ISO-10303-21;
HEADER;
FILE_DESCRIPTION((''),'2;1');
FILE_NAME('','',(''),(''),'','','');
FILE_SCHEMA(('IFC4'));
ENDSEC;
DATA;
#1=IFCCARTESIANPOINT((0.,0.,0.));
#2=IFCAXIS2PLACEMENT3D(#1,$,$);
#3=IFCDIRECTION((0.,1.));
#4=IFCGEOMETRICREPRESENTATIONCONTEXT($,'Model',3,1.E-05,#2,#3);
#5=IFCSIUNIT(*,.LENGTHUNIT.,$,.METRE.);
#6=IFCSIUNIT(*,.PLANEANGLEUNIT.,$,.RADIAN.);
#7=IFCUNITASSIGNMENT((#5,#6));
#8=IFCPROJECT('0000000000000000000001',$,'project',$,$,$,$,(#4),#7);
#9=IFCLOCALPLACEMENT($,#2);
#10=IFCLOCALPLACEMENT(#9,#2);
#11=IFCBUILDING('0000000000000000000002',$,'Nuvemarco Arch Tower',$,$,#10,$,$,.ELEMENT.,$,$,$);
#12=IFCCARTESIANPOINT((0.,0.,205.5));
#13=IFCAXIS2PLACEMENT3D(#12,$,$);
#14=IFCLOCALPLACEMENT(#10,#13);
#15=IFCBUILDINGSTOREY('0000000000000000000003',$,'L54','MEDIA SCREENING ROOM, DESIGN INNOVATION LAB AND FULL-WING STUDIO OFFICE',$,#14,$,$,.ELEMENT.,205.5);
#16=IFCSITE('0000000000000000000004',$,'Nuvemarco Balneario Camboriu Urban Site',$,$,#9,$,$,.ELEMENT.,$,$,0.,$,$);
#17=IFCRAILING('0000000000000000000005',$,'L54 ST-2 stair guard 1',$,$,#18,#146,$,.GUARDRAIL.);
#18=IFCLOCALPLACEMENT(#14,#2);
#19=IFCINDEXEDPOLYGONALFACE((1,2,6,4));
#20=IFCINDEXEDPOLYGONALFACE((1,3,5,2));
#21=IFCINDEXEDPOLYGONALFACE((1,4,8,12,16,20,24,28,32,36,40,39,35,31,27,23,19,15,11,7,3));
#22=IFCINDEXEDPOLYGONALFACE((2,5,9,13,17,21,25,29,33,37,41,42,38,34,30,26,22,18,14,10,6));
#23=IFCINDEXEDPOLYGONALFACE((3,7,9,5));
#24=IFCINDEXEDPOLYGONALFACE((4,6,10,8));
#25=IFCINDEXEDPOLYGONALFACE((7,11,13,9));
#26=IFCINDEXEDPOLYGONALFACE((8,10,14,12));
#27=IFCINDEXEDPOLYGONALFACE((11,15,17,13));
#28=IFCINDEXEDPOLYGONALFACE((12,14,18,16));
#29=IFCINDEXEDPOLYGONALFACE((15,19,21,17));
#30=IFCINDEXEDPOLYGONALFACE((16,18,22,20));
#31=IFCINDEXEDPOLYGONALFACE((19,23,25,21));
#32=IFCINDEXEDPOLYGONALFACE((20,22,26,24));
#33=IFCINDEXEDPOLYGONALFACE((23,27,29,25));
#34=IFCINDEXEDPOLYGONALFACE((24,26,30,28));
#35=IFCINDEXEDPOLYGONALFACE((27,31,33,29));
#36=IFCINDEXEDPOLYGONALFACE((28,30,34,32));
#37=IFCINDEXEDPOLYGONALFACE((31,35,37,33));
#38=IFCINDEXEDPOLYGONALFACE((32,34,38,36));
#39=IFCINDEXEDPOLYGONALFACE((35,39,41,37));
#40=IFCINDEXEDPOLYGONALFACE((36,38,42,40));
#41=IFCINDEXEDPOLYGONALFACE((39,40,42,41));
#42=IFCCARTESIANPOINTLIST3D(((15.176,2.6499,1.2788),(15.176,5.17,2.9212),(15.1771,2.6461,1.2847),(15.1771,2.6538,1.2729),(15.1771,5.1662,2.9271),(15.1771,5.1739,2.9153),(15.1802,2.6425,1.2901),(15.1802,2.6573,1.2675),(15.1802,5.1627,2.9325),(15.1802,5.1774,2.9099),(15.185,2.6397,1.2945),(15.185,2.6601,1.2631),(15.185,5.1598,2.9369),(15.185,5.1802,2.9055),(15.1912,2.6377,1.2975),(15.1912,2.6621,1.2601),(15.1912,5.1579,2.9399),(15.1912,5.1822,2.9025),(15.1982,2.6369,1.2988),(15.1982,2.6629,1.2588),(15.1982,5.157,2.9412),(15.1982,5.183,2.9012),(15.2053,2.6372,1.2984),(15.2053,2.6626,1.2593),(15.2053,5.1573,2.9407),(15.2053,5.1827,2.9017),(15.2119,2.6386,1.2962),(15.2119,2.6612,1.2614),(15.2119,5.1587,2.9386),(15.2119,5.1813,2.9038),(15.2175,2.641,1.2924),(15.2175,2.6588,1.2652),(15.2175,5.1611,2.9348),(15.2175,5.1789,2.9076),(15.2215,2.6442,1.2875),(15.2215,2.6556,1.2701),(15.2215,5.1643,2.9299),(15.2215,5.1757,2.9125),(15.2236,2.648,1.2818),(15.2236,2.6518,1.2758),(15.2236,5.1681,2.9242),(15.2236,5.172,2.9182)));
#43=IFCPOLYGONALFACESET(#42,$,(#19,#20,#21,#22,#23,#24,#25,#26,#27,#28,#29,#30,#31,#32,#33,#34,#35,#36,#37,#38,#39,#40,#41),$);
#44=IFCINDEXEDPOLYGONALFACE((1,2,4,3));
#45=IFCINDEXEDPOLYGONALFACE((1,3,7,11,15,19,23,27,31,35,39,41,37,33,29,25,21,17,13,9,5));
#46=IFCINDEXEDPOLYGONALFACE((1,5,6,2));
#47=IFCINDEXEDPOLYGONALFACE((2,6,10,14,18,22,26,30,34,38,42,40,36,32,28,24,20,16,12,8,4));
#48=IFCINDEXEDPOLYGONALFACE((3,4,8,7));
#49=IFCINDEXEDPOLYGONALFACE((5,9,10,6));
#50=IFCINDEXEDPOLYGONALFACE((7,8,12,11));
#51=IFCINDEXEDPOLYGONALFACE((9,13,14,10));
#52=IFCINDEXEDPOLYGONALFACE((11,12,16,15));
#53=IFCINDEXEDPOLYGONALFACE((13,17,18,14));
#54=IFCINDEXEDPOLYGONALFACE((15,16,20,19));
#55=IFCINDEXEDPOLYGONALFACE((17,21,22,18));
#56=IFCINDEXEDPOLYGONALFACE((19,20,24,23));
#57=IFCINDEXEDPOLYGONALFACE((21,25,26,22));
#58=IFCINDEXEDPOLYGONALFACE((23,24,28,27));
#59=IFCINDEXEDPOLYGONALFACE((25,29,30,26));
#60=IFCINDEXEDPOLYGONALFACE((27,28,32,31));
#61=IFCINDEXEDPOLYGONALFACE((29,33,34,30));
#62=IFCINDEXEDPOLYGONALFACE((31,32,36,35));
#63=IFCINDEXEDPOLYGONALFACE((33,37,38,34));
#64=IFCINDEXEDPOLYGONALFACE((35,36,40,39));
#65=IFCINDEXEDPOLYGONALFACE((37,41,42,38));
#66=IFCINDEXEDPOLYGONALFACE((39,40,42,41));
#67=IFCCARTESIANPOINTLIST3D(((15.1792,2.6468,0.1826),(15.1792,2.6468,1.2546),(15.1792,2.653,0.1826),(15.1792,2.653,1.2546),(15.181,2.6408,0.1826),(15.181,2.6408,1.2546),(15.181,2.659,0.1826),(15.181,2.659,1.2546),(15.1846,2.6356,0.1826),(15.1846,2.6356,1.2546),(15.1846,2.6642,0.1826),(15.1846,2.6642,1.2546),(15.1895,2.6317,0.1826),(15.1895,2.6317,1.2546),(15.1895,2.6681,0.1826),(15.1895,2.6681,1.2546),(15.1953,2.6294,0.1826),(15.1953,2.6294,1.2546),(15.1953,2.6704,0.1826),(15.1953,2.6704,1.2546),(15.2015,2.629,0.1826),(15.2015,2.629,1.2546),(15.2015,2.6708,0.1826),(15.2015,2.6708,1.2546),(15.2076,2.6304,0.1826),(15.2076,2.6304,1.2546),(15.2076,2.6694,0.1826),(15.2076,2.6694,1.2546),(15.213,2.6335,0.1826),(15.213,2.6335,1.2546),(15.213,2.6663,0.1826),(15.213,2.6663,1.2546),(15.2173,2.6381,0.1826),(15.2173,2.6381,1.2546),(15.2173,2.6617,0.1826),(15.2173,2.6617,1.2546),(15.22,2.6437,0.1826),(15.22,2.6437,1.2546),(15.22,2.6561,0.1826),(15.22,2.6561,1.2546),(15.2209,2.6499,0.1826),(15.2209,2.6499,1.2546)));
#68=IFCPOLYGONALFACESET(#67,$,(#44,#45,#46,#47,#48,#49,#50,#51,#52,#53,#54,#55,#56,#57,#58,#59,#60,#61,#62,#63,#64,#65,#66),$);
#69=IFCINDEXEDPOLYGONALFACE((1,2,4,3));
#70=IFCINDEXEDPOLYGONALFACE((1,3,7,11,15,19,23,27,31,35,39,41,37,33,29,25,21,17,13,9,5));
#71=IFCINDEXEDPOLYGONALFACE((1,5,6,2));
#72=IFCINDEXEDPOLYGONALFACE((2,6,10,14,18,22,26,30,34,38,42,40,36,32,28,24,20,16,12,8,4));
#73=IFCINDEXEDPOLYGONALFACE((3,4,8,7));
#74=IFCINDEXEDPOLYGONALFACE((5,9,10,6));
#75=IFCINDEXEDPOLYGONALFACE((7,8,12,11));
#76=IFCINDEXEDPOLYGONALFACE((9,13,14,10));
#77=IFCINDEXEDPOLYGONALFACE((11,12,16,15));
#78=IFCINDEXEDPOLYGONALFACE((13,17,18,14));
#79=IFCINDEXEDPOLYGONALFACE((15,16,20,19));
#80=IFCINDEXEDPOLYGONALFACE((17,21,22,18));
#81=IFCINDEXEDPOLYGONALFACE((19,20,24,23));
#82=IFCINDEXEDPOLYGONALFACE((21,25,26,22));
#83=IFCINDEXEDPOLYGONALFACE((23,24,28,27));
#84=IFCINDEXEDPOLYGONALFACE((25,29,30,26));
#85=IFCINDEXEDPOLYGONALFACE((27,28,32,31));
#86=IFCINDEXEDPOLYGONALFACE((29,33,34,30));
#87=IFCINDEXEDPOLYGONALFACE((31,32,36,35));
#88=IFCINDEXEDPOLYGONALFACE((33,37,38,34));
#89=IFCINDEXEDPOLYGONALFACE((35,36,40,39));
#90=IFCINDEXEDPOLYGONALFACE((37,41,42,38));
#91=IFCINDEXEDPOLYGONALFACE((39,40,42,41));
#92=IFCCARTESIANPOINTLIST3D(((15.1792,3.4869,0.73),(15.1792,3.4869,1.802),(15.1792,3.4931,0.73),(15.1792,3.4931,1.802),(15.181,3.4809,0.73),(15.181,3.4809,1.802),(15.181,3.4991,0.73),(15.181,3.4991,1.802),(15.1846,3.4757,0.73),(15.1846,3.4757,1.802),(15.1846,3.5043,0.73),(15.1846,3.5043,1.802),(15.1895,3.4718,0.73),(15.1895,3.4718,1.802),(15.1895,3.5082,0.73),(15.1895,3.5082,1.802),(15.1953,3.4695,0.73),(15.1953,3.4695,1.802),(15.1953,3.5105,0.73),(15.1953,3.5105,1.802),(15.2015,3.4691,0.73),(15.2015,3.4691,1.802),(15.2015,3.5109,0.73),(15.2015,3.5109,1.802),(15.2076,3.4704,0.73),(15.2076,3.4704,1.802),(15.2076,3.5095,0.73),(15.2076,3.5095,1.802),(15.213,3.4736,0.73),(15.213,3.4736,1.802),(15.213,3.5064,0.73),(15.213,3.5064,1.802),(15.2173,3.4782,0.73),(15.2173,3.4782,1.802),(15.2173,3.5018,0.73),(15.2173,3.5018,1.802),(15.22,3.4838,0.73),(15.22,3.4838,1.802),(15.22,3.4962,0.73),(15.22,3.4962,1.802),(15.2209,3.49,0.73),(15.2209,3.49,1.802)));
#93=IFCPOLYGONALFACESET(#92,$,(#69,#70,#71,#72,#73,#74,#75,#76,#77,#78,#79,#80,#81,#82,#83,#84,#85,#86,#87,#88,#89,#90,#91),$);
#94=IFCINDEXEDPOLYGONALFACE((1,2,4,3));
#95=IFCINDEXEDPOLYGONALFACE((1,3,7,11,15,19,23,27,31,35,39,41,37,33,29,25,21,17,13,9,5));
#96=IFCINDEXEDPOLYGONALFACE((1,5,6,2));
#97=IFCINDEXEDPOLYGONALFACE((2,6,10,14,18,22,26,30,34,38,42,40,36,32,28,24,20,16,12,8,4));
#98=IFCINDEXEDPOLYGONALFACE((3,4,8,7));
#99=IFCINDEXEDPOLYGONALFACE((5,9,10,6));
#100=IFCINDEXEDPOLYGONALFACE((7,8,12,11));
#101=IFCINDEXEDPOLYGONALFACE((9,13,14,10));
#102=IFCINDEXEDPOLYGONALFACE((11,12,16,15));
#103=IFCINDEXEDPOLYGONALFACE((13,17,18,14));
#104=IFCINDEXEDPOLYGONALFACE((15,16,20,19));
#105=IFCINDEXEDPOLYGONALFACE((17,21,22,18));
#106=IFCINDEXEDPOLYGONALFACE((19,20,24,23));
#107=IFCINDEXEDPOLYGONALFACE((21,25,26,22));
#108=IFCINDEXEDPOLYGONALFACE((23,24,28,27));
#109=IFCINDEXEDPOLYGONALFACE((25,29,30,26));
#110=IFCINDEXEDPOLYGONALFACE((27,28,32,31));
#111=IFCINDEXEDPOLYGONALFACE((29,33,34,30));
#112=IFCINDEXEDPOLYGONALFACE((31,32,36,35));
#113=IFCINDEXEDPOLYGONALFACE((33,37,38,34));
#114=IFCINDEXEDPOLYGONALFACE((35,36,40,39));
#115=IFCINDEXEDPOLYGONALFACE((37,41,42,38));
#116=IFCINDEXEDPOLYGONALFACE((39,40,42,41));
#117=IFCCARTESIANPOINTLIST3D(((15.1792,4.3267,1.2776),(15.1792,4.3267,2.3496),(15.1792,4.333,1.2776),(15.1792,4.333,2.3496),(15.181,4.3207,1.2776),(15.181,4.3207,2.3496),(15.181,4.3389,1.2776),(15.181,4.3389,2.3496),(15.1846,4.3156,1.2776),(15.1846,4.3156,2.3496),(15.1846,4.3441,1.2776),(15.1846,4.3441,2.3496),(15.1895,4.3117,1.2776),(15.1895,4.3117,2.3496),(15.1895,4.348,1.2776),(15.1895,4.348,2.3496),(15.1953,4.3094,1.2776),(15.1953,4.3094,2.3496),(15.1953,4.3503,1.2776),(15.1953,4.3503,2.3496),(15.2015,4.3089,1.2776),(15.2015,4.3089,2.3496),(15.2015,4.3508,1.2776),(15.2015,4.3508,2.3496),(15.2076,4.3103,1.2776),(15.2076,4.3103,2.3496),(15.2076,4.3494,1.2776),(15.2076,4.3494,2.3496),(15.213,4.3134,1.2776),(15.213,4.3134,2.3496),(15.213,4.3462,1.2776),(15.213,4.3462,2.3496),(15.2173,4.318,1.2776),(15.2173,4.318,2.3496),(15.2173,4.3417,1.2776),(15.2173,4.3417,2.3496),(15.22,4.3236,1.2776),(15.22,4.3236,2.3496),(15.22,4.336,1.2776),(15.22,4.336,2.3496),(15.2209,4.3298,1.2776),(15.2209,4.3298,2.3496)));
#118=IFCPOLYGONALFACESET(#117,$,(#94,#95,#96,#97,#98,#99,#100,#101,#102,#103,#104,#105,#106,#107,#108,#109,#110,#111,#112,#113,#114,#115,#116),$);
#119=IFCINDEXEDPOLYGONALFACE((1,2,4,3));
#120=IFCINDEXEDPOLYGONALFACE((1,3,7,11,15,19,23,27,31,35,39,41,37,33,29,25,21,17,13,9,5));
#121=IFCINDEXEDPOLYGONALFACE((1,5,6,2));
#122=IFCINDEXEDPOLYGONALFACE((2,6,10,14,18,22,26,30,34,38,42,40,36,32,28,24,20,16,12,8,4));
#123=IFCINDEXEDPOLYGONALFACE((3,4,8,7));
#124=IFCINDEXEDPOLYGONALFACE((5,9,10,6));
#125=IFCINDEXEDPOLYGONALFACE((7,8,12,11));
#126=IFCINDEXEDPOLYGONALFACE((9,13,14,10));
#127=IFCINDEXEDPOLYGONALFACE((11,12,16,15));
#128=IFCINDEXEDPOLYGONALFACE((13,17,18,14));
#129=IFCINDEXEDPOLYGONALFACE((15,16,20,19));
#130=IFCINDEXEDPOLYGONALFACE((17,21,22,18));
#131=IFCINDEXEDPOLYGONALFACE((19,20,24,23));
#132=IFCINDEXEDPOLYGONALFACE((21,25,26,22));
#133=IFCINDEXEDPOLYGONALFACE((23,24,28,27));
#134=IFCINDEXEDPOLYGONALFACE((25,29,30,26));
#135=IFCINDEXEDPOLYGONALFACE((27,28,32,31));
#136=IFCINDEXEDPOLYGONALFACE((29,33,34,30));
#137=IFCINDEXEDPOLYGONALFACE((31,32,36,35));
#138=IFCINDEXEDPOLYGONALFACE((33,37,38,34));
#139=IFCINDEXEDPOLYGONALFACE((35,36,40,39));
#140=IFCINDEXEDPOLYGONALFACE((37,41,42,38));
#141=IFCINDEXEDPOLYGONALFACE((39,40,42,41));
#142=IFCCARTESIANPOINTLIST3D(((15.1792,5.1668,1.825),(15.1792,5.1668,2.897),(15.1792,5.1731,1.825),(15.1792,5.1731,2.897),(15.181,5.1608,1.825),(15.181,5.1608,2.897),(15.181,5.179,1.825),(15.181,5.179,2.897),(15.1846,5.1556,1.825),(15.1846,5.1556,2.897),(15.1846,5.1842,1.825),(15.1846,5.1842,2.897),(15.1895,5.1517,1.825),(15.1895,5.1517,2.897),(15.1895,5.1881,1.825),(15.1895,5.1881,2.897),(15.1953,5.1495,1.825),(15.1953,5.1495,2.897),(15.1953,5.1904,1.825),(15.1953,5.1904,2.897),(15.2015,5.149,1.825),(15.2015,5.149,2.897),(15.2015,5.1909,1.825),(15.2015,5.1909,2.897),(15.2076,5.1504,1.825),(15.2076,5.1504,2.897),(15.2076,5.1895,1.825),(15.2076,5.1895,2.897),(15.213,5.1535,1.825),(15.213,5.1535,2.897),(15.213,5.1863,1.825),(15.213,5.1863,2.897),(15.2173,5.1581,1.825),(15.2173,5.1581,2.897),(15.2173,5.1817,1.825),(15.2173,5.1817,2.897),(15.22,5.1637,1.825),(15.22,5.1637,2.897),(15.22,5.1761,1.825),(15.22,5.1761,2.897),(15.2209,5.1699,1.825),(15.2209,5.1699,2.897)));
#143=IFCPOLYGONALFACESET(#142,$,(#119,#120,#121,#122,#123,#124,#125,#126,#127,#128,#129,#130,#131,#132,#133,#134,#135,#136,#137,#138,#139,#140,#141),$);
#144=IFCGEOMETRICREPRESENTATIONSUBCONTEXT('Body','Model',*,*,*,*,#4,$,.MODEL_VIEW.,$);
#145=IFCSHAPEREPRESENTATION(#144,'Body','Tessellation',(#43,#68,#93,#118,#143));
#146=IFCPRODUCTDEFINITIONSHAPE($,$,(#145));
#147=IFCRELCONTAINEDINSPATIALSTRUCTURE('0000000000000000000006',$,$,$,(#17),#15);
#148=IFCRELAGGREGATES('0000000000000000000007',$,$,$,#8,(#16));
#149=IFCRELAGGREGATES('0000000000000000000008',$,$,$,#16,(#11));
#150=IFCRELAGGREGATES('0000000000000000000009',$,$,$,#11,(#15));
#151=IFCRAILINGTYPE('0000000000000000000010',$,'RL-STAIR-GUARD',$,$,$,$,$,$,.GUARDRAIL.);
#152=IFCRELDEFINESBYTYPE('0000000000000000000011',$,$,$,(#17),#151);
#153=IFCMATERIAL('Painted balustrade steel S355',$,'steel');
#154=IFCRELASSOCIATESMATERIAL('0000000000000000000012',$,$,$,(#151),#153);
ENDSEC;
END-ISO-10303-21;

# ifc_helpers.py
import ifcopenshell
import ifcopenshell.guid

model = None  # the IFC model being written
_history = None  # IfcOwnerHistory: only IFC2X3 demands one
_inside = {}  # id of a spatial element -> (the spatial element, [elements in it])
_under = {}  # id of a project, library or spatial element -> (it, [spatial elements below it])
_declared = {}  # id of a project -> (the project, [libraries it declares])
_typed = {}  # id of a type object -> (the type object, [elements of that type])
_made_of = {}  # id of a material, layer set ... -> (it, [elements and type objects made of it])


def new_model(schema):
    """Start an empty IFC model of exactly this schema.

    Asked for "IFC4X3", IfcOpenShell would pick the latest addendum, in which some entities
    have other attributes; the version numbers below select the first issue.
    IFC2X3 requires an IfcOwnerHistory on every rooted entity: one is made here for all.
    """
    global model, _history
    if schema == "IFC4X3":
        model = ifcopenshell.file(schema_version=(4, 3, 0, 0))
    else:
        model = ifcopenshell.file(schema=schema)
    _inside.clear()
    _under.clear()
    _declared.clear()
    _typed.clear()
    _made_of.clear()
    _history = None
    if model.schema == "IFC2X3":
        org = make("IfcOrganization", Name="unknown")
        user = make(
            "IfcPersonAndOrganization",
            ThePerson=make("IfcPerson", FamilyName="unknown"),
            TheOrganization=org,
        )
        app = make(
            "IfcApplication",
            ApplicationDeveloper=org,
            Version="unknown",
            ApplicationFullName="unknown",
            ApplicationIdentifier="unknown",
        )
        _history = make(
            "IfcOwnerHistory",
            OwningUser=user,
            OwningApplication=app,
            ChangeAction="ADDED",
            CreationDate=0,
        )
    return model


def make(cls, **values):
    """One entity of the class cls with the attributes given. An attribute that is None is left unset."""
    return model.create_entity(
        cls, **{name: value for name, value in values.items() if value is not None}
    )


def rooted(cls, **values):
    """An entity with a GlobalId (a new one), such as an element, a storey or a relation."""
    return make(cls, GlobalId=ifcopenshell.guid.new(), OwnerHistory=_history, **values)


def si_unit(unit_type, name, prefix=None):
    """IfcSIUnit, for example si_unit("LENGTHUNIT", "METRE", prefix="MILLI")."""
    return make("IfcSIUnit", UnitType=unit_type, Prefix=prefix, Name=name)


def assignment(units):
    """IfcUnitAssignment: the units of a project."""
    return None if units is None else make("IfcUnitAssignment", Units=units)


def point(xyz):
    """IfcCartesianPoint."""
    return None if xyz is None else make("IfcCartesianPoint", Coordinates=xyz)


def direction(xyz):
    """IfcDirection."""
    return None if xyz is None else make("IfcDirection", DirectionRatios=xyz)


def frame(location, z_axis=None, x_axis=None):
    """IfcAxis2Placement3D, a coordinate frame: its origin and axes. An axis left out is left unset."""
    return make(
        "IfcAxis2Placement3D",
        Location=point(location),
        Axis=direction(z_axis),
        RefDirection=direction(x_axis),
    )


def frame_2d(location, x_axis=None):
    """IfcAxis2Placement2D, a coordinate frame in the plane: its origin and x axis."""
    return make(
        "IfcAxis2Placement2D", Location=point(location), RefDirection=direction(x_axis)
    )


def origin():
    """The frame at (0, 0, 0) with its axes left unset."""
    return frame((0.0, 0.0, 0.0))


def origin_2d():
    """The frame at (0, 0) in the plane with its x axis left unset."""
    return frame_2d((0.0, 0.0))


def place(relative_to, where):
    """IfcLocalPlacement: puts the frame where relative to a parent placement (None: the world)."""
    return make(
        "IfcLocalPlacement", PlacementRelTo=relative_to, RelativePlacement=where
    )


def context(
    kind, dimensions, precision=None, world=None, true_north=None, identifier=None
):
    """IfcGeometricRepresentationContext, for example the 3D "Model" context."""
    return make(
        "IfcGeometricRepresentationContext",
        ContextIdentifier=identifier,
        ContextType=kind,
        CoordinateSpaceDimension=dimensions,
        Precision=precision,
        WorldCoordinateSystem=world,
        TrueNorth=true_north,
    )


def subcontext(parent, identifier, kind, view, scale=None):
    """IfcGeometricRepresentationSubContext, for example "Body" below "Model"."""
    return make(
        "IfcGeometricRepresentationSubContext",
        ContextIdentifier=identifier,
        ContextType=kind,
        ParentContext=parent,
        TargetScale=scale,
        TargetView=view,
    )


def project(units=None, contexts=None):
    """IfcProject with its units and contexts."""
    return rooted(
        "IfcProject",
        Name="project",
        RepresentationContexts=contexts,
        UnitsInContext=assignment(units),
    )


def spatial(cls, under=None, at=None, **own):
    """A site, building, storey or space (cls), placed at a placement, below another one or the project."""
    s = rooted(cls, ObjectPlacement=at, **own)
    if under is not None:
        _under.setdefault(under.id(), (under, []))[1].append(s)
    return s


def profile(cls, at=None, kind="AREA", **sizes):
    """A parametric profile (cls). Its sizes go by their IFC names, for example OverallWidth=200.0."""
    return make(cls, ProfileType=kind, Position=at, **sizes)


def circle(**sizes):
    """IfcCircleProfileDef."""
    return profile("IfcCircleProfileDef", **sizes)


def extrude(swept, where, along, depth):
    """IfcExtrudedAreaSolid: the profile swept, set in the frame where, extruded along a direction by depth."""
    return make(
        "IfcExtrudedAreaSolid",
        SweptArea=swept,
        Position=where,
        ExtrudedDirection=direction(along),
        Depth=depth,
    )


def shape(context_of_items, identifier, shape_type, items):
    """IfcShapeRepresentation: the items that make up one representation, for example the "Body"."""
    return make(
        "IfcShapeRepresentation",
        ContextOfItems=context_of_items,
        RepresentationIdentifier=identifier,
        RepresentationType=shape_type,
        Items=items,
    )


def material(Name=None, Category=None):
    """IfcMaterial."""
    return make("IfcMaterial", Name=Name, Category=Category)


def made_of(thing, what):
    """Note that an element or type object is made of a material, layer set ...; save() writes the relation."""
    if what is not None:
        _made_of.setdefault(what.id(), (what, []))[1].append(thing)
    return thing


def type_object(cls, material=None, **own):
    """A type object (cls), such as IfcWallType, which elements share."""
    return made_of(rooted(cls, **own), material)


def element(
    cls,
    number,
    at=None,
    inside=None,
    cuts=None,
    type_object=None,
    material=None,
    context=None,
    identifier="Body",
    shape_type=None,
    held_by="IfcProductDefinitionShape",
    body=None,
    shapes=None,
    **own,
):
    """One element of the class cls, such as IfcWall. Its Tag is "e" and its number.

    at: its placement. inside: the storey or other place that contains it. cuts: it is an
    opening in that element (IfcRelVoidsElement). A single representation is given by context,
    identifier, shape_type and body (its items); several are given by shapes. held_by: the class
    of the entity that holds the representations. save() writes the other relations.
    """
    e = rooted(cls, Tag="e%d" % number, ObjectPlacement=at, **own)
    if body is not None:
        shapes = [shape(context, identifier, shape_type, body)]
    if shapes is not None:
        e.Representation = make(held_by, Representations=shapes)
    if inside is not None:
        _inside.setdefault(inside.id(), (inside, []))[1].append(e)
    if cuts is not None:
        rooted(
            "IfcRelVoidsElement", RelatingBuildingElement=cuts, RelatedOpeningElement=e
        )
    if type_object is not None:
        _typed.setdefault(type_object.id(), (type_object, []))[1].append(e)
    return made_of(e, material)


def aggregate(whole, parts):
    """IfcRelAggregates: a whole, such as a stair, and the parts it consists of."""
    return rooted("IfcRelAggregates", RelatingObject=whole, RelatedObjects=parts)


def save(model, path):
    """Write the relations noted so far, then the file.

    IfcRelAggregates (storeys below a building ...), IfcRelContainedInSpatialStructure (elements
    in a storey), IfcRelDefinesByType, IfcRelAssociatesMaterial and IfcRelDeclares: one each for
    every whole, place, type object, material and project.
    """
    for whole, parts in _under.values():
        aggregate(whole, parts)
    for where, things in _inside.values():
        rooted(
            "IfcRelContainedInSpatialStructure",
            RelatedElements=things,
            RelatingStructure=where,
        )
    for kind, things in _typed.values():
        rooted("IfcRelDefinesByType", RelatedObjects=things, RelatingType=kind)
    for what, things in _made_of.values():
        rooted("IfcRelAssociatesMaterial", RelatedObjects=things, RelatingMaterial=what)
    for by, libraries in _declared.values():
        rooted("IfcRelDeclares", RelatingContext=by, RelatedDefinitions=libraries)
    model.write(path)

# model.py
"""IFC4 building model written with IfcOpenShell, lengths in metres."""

from ifc_helpers import new_model, si_unit, direction, frame, origin, origin_2d, place, context, subcontext, project, spatial, circle, extrude, material, type_object, element, save


model = new_model("IFC4")

# Units and contexts
model_context = context("Model", 3, precision=1e-05, world=origin(), true_north=direction((0.0, 1.0)))
body_context = subcontext(model_context, "Body", "Model", "MODEL_VIEW")
ifc_project = project(units=[si_unit("LENGTHUNIT", "METRE"), si_unit("PLANEANGLEUNIT", "RADIAN")], contexts=[model_context])

# Site, building, storey
site_placement = place(None, origin())
site = spatial("IfcSite", under=ifc_project, at=site_placement, Name="Nuvemarco Balneario Camboriu Urban Site", CompositionType="ELEMENT", RefElevation=0.0)
building_placement = place(site_placement, origin())
building = spatial("IfcBuilding", under=site, at=building_placement, Name="Nuvemarco Arch Tower", CompositionType="ELEMENT")
storey_placement = place(building_placement, frame((0.0, 0.0, 205.5)))
storey = spatial("IfcBuildingStorey", under=building, at=storey_placement, Name="L54", Description="MEDIA SCREENING ROOM, DESIGN INNOVATION LAB AND FULL-WING STUDIO OFFICE", CompositionType="ELEMENT", Elevation=205.5)

# Railing
ifc_material_1 = material(Name="Painted balustrade steel S355", Category="steel")
railing_type_1 = type_object("IfcRailingType", Name="RL-STAIR-GUARD", PredefinedType="GUARDRAIL", material=ifc_material_1)
railing_1_placement = place(storey_placement, frame((15.2, 2.6499, 0.1826)))
element("IfcRailing", 1, at=railing_1_placement, inside=storey, type_object=railing_type_1, Name="L54 ST-2 stair guard 1", PredefinedType="GUARDRAIL", context=body_context, shape_type="SweptSolid", body=[
    extrude(circle(Radius=0.0239, at=origin_2d()), frame((0.0, 0.0, 1.0962), z_axis=(0.0, 0.837787, 0.545998), x_axis=(-1.0, 0.0, 0.0)), (0.0, 0.0, 1.0), 3.0081),
    extrude(circle(Radius=0.021, at=origin_2d()), origin(), (0.0, 0.0, 1.0), 1.072),
    extrude(circle(Radius=0.021, at=origin_2d()), frame((0.0, 0.8401, 0.5474)), (0.0, 0.0, 1.0), 1.072),
    extrude(circle(Radius=0.021, at=origin_2d()), frame((0.0, 1.6799, 1.095)), (0.0, 0.0, 1.0), 1.072),
    extrude(circle(Radius=0.021, at=origin_2d()), frame((0.0, 2.52, 1.6423)), (0.0, 0.0, 1.0), 1.072),
])

save(model, "model.ifc")
